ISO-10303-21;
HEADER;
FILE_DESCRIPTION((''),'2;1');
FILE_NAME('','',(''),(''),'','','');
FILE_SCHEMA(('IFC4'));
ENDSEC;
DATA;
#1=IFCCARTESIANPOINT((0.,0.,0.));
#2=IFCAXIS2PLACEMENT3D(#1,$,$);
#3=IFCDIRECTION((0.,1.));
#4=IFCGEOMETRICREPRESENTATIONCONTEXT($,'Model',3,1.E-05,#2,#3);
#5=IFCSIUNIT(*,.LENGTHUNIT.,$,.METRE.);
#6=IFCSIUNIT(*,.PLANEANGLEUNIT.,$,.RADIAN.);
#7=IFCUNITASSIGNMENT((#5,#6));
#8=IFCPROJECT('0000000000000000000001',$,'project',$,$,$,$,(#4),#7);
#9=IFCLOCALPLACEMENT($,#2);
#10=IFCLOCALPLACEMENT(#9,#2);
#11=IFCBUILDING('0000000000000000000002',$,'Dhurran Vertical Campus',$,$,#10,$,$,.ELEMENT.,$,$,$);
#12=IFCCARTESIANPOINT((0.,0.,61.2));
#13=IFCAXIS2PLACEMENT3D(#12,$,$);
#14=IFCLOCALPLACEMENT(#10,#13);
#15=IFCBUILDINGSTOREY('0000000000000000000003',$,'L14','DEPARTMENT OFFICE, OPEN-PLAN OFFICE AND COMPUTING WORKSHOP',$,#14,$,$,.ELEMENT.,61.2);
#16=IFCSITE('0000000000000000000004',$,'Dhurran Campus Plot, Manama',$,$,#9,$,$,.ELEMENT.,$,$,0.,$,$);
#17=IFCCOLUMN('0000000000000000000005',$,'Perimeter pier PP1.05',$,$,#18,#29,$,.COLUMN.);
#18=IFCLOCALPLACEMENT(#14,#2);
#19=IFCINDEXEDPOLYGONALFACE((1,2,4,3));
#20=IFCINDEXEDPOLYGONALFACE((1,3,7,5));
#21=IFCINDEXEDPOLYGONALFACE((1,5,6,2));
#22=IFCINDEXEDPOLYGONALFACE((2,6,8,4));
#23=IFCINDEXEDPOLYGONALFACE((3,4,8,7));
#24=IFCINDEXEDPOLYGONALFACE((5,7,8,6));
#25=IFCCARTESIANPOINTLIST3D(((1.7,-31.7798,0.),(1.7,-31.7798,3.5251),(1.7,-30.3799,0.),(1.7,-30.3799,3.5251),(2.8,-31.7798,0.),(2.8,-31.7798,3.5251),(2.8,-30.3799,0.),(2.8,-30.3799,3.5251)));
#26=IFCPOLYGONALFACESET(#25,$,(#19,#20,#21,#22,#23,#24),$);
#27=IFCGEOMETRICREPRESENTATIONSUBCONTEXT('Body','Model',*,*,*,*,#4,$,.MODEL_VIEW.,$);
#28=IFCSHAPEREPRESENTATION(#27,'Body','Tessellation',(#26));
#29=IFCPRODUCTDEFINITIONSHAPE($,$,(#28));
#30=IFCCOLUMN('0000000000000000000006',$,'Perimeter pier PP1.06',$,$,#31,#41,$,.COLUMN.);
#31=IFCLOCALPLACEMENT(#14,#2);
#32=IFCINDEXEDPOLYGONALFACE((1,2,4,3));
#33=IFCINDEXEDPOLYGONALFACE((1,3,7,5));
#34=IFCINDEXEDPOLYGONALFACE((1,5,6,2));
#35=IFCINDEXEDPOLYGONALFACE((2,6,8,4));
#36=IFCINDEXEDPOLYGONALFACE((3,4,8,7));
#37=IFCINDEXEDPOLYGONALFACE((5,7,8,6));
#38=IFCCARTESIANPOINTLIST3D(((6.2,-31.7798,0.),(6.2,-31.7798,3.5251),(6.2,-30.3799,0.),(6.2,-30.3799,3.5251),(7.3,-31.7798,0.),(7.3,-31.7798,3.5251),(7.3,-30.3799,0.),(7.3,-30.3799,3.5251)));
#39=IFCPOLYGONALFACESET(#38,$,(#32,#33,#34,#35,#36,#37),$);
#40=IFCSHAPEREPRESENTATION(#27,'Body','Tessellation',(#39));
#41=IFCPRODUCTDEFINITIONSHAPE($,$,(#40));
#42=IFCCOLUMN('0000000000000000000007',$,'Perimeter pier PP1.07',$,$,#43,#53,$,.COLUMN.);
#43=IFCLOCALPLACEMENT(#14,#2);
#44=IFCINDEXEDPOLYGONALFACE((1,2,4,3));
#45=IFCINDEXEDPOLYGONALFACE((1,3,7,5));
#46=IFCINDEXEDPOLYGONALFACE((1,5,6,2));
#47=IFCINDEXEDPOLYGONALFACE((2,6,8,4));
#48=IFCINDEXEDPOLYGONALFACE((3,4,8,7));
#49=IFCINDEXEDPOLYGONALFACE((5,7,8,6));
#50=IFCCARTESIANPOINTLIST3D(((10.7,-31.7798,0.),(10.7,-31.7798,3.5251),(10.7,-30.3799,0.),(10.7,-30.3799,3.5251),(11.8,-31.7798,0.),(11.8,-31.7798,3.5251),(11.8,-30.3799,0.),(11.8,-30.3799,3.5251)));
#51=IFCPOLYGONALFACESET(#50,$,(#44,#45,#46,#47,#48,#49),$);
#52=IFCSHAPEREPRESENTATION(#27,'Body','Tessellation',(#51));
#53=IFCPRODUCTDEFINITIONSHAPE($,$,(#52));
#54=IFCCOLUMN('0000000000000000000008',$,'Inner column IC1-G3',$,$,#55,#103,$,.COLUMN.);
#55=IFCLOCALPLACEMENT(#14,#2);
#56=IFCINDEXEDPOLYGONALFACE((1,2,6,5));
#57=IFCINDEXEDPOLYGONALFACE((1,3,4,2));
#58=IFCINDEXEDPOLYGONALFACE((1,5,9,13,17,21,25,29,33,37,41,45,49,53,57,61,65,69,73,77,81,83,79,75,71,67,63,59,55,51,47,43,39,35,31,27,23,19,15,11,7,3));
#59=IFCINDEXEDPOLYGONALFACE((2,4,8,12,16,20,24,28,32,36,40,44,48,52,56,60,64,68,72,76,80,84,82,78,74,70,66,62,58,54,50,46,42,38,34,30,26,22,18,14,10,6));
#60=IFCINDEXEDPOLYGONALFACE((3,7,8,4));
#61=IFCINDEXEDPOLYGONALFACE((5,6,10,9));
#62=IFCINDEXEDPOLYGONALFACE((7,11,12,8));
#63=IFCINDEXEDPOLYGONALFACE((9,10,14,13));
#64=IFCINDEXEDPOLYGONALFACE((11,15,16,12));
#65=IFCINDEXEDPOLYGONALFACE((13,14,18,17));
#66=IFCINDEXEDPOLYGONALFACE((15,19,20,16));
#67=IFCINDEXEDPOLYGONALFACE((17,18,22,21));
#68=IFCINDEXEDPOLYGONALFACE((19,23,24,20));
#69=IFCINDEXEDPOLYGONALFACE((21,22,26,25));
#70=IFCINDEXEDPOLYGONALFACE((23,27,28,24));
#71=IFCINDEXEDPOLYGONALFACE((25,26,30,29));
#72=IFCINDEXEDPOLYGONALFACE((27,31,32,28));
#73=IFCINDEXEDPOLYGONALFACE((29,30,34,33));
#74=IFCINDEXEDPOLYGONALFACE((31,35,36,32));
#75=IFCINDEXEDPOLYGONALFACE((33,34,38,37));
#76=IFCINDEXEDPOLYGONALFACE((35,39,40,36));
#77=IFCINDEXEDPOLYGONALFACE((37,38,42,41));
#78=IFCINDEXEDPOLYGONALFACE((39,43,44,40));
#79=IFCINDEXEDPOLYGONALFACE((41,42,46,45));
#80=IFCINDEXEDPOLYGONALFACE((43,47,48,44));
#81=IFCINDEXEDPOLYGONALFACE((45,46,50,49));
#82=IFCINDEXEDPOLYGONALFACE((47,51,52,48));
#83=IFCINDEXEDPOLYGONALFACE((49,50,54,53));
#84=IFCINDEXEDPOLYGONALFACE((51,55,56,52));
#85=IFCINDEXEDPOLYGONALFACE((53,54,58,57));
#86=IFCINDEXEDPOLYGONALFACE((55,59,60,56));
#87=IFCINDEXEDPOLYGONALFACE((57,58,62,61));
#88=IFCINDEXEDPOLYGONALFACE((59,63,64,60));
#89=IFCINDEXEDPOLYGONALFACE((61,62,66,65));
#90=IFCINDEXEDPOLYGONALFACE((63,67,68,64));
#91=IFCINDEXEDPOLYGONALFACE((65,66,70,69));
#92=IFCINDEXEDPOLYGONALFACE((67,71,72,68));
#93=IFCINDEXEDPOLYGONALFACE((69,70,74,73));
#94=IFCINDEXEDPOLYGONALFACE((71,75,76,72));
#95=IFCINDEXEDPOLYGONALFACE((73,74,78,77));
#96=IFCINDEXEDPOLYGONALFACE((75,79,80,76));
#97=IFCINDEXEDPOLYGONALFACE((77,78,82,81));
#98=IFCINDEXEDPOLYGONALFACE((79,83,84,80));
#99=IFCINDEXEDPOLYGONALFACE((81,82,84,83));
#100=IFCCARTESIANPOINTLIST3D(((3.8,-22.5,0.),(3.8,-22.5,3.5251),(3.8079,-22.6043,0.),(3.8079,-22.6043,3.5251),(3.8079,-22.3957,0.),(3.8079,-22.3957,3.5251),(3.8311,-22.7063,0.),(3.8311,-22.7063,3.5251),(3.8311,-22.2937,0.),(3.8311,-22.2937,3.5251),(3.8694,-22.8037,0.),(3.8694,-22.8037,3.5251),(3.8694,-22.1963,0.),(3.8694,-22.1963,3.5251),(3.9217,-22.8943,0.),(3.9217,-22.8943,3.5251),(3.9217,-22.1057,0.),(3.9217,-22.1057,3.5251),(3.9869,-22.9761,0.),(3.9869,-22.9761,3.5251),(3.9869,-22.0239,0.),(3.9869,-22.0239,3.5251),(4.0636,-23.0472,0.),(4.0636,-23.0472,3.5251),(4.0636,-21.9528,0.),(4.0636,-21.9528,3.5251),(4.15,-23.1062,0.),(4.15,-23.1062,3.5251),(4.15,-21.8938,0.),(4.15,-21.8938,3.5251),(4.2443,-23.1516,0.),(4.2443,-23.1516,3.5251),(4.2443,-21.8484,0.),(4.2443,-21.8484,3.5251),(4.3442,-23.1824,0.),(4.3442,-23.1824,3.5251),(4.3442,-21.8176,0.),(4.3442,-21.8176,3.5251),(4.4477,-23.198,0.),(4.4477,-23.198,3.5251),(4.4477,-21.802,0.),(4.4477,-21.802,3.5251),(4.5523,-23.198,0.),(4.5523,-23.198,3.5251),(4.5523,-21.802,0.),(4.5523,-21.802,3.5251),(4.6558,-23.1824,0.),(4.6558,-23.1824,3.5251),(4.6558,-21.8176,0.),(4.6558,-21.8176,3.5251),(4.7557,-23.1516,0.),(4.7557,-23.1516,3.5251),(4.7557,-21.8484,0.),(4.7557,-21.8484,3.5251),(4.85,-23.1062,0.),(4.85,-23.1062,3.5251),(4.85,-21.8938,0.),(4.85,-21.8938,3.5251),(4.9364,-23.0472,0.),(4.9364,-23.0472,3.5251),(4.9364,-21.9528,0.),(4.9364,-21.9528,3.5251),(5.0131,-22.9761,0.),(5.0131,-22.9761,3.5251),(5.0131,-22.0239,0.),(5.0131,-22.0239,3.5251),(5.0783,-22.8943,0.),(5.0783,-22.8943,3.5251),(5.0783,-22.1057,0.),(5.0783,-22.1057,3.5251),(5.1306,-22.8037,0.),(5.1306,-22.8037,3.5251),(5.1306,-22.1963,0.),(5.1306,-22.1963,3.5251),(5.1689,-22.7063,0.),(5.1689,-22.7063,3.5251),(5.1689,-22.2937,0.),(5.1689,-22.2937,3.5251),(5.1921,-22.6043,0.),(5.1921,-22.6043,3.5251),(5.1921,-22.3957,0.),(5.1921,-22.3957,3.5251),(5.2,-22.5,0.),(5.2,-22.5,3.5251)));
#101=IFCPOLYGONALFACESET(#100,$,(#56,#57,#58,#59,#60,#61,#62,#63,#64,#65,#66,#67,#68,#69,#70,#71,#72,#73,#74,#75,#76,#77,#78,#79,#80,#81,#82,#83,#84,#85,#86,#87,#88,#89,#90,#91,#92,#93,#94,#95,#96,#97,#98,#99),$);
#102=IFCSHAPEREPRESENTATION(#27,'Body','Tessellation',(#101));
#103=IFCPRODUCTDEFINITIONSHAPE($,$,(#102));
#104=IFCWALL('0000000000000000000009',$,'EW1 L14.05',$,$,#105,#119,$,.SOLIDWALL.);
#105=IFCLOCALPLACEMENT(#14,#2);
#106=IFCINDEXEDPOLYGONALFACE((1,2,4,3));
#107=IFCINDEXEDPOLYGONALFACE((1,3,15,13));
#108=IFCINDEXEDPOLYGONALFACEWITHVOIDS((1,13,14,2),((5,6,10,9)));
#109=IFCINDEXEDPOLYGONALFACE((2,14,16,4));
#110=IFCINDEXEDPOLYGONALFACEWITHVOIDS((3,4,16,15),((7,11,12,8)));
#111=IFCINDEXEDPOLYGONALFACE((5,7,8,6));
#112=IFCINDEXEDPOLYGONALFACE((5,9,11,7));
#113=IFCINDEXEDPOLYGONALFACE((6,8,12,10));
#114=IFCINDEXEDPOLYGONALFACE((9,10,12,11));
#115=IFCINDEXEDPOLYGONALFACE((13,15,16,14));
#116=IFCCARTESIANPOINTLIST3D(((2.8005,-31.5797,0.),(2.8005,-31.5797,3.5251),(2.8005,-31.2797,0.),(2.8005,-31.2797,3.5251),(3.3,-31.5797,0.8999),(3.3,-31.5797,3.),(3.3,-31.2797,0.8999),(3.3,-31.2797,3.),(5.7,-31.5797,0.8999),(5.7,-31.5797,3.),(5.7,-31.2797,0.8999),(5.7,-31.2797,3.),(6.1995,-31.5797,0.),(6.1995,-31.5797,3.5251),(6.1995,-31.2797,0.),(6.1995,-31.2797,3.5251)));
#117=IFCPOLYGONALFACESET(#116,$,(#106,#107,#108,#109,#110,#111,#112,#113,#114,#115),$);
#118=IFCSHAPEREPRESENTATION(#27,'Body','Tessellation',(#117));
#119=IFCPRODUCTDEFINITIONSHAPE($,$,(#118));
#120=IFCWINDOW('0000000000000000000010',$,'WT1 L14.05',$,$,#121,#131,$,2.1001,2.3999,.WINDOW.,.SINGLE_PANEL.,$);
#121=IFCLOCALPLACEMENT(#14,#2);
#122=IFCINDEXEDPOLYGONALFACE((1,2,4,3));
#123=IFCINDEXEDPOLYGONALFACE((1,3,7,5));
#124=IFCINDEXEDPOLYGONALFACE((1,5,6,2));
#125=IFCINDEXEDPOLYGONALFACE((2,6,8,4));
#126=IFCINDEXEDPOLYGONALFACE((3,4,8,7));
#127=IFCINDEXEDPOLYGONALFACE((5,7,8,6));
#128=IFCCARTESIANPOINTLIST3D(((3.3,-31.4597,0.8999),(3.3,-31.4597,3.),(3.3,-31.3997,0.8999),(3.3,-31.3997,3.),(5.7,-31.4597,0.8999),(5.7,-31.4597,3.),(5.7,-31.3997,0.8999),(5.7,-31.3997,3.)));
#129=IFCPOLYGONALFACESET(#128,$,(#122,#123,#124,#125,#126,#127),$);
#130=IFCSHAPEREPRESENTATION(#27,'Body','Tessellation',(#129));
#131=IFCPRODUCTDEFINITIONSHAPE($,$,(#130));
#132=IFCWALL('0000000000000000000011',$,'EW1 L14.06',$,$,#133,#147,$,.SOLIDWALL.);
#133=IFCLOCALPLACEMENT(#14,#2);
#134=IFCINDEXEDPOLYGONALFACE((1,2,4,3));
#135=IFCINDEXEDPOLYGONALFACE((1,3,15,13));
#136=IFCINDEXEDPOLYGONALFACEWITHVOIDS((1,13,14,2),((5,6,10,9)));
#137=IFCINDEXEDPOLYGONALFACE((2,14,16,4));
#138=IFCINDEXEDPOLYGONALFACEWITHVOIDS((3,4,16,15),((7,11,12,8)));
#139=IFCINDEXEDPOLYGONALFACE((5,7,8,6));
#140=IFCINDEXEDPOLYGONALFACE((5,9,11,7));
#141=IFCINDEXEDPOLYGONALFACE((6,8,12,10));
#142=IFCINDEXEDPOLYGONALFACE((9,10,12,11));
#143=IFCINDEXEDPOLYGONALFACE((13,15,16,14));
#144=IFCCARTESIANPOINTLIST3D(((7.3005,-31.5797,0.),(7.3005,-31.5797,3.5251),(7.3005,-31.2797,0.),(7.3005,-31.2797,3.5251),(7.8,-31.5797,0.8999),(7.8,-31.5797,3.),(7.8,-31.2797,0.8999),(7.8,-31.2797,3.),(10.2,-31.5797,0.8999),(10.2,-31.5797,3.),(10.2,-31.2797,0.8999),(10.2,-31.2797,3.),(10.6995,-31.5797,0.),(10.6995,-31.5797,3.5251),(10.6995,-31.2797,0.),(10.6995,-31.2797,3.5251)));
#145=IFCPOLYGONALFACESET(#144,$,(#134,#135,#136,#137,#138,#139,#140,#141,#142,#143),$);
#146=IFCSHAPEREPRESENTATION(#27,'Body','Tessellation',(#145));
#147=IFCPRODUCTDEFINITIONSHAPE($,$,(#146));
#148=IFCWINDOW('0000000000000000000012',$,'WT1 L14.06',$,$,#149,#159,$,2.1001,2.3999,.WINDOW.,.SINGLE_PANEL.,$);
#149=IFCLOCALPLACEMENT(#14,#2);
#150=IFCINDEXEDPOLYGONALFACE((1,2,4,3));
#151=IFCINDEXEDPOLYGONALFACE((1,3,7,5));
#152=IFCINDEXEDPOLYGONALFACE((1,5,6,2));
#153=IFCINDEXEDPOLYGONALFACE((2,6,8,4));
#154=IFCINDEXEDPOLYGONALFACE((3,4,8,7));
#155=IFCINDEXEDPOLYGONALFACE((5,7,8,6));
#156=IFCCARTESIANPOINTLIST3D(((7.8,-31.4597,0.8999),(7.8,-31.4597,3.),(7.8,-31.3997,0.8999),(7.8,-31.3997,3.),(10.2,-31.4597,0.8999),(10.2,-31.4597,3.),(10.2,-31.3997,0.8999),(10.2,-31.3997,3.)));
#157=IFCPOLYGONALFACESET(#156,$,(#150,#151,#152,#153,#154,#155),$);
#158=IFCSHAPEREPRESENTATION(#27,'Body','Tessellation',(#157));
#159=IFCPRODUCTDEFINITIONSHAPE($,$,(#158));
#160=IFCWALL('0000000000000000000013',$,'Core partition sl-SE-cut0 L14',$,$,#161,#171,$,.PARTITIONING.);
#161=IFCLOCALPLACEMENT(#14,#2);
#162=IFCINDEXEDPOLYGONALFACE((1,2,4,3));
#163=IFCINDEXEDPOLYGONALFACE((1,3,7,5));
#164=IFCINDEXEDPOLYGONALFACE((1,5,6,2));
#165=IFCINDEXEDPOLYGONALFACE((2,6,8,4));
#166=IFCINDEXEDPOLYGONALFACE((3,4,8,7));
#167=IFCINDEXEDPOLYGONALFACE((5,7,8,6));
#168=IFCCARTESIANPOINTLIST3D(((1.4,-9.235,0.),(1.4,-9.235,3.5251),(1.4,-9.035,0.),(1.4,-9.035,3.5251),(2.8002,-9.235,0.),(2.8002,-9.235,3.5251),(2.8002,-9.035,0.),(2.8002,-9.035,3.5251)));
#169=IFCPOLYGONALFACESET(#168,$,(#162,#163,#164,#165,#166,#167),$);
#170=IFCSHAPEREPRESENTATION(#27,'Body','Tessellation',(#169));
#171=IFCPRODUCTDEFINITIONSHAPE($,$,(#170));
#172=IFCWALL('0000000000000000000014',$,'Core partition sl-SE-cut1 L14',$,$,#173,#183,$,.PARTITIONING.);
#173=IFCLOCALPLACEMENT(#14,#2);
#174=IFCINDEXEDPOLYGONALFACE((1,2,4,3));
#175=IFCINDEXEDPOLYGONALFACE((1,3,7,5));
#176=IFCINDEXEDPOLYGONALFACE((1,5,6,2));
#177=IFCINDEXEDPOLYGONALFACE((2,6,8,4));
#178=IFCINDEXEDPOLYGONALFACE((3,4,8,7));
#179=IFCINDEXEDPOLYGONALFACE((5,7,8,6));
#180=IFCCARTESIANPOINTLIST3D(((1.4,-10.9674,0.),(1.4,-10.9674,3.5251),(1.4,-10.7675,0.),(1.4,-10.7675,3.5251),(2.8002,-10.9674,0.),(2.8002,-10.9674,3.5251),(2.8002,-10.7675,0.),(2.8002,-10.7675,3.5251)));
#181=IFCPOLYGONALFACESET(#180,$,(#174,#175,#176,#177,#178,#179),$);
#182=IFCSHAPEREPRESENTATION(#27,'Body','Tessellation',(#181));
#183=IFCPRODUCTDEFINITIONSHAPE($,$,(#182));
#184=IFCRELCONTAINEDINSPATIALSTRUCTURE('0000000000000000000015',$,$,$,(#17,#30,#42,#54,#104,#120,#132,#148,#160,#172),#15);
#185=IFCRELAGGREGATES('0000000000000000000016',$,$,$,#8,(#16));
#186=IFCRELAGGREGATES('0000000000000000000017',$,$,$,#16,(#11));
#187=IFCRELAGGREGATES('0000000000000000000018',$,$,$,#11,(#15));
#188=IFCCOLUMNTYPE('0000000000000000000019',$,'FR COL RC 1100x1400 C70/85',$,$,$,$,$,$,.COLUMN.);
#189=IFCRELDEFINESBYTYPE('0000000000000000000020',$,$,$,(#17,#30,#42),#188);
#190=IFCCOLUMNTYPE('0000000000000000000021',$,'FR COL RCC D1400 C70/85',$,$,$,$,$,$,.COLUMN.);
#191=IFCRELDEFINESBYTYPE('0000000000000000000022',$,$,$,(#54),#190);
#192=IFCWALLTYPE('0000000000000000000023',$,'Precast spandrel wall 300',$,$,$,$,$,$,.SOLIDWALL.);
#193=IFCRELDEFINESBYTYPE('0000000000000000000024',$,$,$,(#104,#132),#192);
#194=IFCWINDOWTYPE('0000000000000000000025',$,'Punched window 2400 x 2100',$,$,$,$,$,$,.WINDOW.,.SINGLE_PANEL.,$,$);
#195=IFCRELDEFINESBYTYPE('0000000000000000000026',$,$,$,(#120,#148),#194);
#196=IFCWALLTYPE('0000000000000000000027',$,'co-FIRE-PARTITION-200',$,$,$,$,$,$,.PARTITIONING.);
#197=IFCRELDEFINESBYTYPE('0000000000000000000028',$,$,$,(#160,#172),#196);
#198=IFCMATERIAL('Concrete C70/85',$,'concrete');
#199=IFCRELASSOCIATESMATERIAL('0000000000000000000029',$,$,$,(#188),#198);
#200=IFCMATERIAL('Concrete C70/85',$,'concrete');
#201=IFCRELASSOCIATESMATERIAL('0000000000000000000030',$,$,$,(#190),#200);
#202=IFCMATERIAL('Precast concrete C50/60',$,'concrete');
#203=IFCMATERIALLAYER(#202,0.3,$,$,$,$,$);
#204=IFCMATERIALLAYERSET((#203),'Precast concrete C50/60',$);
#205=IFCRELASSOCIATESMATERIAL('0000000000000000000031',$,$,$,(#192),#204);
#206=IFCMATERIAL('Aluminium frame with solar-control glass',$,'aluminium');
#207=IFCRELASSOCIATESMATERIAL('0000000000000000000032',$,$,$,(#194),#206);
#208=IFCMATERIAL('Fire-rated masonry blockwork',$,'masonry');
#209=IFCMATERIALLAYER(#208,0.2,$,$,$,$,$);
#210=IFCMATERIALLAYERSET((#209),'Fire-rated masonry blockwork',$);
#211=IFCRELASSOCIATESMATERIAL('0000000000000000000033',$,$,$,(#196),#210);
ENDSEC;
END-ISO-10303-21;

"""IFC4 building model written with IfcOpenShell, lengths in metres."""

from ifc_helpers import new_model, si_unit, direction, frame, frame_2d, origin, origin_2d, place, context, subcontext, project, spatial, rectangle, circle, extrude, material, layer, layer_set, material_profile, profile_set, type_object, element, fill, save


model = new_model("IFC4")

# Units and contexts
model_context = context("Model", 3, precision=1e-05, world=origin(), true_north=direction((0.0, 1.0)))
body_context = subcontext(model_context, "Body", "Model", "MODEL_VIEW")
ifc_project = project(units=[si_unit("LENGTHUNIT", "METRE"), si_unit("PLANEANGLEUNIT", "RADIAN")], contexts=[model_context])

# Site, building, storey
site_placement = place(None, origin())
site = spatial("IfcSite", under=ifc_project, at=site_placement, Name="Dhurran Campus Plot, Manama", CompositionType="ELEMENT", RefElevation=0.0)
building_placement = place(site_placement, origin())
building = spatial("IfcBuilding", under=site, at=building_placement, Name="Dhurran Vertical Campus", CompositionType="ELEMENT")
storey_placement = place(building_placement, frame((0.0, 0.0, 61.2)))
storey = spatial("IfcBuildingStorey", under=building, at=storey_placement, Name="L14", Description="DEPARTMENT OFFICE, OPEN-PLAN OFFICE AND COMPUTING WORKSHOP", CompositionType="ELEMENT", Elevation=61.2)

# Columns
ifc_material_1 = material(Name="Concrete C70/85", Category="concrete")
ifc_material_profile_1 = material_profile(ifc_material_1, rectangle(XDim=1.1001, YDim=1.3999, at=origin_2d()), Name="RC 1100x1400")
ifc_profile_set_1 = profile_set([ifc_material_profile_1], Name="Concrete C70/85")
column_type_1 = type_object("IfcColumnType", Name="FR COL RC 1100x1400 C70/85", PredefinedType="COLUMN", material=ifc_profile_set_1)
for number, where, z_axis, x_axis, name in (
    (1, (2.25, -31.0798, 0.0), (0.0, 0.0, 1.0), (1.0, 0.0, 0.0), "Perimeter pier PP1.05"),
    (2, (6.75, -31.0798, 0.0), (0.0, 0.0, 1.0), (1.0, 0.0, 0.0), "Perimeter pier PP1.06"),
    (3, (11.25, -31.0798, 0.0), (0.0, 0.0, 1.0), (1.0, 0.0, 0.0), "Perimeter pier PP1.07"),
):
    element("IfcColumn", number, at=place(storey_placement, frame(where, z_axis=z_axis, x_axis=x_axis)), inside=storey, type_object=column_type_1, Name=name, PredefinedType="COLUMN", context=body_context, shape_type="SweptSolid", body=[
        extrude(rectangle(XDim=1.1001, YDim=1.3999, at=origin_2d()), origin(), (0.0, 0.0, 1.0), 3.5251),
    ])
ifc_material_2 = material(Name="Concrete C70/85", Category="concrete")
ifc_material_profile_2 = material_profile(ifc_material_2, circle(Radius=0.7, at=origin_2d()), Name="RCC D1400")
ifc_profile_set_2 = profile_set([ifc_material_profile_2], Name="Concrete C70/85")
column_type_2 = type_object("IfcColumnType", Name="FR COL RCC D1400 C70/85", PredefinedType="COLUMN", material=ifc_profile_set_2)
column_placement = place(storey_placement, frame((4.5, -22.5, 0.0), z_axis=(0.0, 0.0, 1.0), x_axis=(1.0, 0.0, 0.0)))
element("IfcColumn", 4, at=column_placement, inside=storey, type_object=column_type_2, Name="Inner column IC1-G3", PredefinedType="COLUMN", context=body_context, shape_type="SweptSolid", body=[
    extrude(circle(Radius=0.7, at=origin_2d()), origin(), (0.0, 0.0, 1.0), 3.5251),
])

# Walls, openings, windows
ifc_material_3 = material(Name="Precast concrete C50/60", Category="concrete")
ifc_layer_1 = layer(ifc_material_3, 0.3)
ifc_layer_set_1 = layer_set([ifc_layer_1], Name="Precast concrete C50/60")
wall_type_1 = type_object("IfcWallType", Name="Precast spandrel wall 300", PredefinedType="SOLIDWALL", material=ifc_layer_set_1)
wall_1_placement = place(storey_placement, frame((2.8005, -31.4297, 0.0), z_axis=(0.0, 0.0, 1.0), x_axis=(1.0, 0.0, 0.0)))
wall_1 = element("IfcWall", 5, at=wall_1_placement, inside=storey, type_object=wall_type_1, Name="EW1 L14.05", PredefinedType="SOLIDWALL", context=body_context, shape_type="SweptSolid", body=[
    extrude(rectangle(XDim=3.3989, YDim=0.3, at=frame_2d((1.6995, 0.0))), origin(), (0.0, 0.0, 1.0), 3.5251),
])
opening_1_placement = place(wall_1_placement, frame((0.4995, 0.0, 0.8999)))
opening_1 = element("IfcOpeningElement", 6, at=opening_1_placement, cuts=wall_1, PredefinedType="OPENING", context=body_context, shape_type="SweptSolid", body=[
    extrude(rectangle(XDim=2.3999, YDim=2.1001, at=frame_2d((1.2, 1.05))), frame((0.0, 0.1599, 0.0), z_axis=(0.0, -1.0, 0.0), x_axis=(1.0, 0.0, 0.0)), (0.0, 0.0, 1.0), 0.3201),
])
ifc_material_4 = material(Name="Aluminium frame with solar-control glass", Category="aluminium")
window_type = type_object("IfcWindowType", Name="Punched window 2400 x 2100", PartitioningType="SINGLE_PANEL", PredefinedType="WINDOW", material=ifc_material_4)
window_1_placement = place(opening_1_placement, origin())
window_1 = element("IfcWindow", 7, at=window_1_placement, inside=storey, type_object=window_type, Name="WT1 L14.05", OverallHeight=2.1001, OverallWidth=2.3999, PartitioningType="SINGLE_PANEL", PredefinedType="WINDOW", context=body_context, shape_type="SweptSolid", body=[
    extrude(rectangle(XDim=2.3999, YDim=2.1001, at=frame_2d((1.2, 1.05))), frame((0.0, 0.03, 0.0), z_axis=(0.0, -1.0, 0.0), x_axis=(1.0, 0.0, 0.0)), (0.0, 0.0, 1.0), 0.0601),
])
fill(opening_1, window_1)
wall_2_placement = place(storey_placement, frame((7.3005, -31.4297, 0.0), z_axis=(0.0, 0.0, 1.0), x_axis=(1.0, 0.0, 0.0)))
wall_2 = element("IfcWall", 8, at=wall_2_placement, inside=storey, type_object=wall_type_1, Name="EW1 L14.06", PredefinedType="SOLIDWALL", context=body_context, shape_type="SweptSolid", body=[
    extrude(rectangle(XDim=3.3989, YDim=0.3, at=frame_2d((1.6995, 0.0))), origin(), (0.0, 0.0, 1.0), 3.5251),
])
opening_2_placement = place(wall_2_placement, frame((0.4995, 0.0, 0.8999)))
opening_2 = element("IfcOpeningElement", 9, at=opening_2_placement, cuts=wall_2, PredefinedType="OPENING", context=body_context, shape_type="SweptSolid", body=[
    extrude(rectangle(XDim=2.3999, YDim=2.1001, at=frame_2d((1.2, 1.05))), frame((0.0, 0.1599, 0.0), z_axis=(0.0, -1.0, 0.0), x_axis=(1.0, 0.0, 0.0)), (0.0, 0.0, 1.0), 0.3201),
])
window_2_placement = place(opening_2_placement, origin())
window_2 = element("IfcWindow", 10, at=window_2_placement, inside=storey, type_object=window_type, Name="WT1 L14.06", OverallHeight=2.1001, OverallWidth=2.3999, PartitioningType="SINGLE_PANEL", PredefinedType="WINDOW", context=body_context, shape_type="SweptSolid", body=[
    extrude(rectangle(XDim=2.3999, YDim=2.1001, at=frame_2d((1.2, 1.05))), frame((0.0, 0.03, 0.0), z_axis=(0.0, -1.0, 0.0), x_axis=(1.0, 0.0, 0.0)), (0.0, 0.0, 1.0), 0.0601),
])
fill(opening_2, window_2)

# Walls
ifc_material_5 = material(Name="Fire-rated masonry blockwork", Category="masonry")
ifc_layer_2 = layer(ifc_material_5, 0.2)
ifc_layer_set_2 = layer_set([ifc_layer_2], Name="Fire-rated masonry blockwork")
wall_type_2 = type_object("IfcWallType", Name="co-FIRE-PARTITION-200", PredefinedType="PARTITIONING", material=ifc_layer_set_2)
for number, where, z_axis, x_axis, name in (
    (11, (1.3999, -9.135, 0.0), (0.0, 0.0, 1.0), (1.0, 0.0, 0.0), "Core partition sl-SE-cut0 L14"),
    (12, (1.3999, -10.8674, 0.0), (0.0, 0.0, 1.0), (1.0, 0.0, 0.0), "Core partition sl-SE-cut1 L14"),
):
    element("IfcWall", number, at=place(storey_placement, frame(where, z_axis=z_axis, x_axis=x_axis)), inside=storey, type_object=wall_type_2, Name=name, PredefinedType="PARTITIONING", context=body_context, shape_type="SweptSolid", body=[
        extrude(rectangle(XDim=1.4001, YDim=0.2, at=frame_2d((0.7002, 0.0))), origin(), (0.0, 0.0, 1.0), 3.5251),
    ])

save(model, "model.ifc")
